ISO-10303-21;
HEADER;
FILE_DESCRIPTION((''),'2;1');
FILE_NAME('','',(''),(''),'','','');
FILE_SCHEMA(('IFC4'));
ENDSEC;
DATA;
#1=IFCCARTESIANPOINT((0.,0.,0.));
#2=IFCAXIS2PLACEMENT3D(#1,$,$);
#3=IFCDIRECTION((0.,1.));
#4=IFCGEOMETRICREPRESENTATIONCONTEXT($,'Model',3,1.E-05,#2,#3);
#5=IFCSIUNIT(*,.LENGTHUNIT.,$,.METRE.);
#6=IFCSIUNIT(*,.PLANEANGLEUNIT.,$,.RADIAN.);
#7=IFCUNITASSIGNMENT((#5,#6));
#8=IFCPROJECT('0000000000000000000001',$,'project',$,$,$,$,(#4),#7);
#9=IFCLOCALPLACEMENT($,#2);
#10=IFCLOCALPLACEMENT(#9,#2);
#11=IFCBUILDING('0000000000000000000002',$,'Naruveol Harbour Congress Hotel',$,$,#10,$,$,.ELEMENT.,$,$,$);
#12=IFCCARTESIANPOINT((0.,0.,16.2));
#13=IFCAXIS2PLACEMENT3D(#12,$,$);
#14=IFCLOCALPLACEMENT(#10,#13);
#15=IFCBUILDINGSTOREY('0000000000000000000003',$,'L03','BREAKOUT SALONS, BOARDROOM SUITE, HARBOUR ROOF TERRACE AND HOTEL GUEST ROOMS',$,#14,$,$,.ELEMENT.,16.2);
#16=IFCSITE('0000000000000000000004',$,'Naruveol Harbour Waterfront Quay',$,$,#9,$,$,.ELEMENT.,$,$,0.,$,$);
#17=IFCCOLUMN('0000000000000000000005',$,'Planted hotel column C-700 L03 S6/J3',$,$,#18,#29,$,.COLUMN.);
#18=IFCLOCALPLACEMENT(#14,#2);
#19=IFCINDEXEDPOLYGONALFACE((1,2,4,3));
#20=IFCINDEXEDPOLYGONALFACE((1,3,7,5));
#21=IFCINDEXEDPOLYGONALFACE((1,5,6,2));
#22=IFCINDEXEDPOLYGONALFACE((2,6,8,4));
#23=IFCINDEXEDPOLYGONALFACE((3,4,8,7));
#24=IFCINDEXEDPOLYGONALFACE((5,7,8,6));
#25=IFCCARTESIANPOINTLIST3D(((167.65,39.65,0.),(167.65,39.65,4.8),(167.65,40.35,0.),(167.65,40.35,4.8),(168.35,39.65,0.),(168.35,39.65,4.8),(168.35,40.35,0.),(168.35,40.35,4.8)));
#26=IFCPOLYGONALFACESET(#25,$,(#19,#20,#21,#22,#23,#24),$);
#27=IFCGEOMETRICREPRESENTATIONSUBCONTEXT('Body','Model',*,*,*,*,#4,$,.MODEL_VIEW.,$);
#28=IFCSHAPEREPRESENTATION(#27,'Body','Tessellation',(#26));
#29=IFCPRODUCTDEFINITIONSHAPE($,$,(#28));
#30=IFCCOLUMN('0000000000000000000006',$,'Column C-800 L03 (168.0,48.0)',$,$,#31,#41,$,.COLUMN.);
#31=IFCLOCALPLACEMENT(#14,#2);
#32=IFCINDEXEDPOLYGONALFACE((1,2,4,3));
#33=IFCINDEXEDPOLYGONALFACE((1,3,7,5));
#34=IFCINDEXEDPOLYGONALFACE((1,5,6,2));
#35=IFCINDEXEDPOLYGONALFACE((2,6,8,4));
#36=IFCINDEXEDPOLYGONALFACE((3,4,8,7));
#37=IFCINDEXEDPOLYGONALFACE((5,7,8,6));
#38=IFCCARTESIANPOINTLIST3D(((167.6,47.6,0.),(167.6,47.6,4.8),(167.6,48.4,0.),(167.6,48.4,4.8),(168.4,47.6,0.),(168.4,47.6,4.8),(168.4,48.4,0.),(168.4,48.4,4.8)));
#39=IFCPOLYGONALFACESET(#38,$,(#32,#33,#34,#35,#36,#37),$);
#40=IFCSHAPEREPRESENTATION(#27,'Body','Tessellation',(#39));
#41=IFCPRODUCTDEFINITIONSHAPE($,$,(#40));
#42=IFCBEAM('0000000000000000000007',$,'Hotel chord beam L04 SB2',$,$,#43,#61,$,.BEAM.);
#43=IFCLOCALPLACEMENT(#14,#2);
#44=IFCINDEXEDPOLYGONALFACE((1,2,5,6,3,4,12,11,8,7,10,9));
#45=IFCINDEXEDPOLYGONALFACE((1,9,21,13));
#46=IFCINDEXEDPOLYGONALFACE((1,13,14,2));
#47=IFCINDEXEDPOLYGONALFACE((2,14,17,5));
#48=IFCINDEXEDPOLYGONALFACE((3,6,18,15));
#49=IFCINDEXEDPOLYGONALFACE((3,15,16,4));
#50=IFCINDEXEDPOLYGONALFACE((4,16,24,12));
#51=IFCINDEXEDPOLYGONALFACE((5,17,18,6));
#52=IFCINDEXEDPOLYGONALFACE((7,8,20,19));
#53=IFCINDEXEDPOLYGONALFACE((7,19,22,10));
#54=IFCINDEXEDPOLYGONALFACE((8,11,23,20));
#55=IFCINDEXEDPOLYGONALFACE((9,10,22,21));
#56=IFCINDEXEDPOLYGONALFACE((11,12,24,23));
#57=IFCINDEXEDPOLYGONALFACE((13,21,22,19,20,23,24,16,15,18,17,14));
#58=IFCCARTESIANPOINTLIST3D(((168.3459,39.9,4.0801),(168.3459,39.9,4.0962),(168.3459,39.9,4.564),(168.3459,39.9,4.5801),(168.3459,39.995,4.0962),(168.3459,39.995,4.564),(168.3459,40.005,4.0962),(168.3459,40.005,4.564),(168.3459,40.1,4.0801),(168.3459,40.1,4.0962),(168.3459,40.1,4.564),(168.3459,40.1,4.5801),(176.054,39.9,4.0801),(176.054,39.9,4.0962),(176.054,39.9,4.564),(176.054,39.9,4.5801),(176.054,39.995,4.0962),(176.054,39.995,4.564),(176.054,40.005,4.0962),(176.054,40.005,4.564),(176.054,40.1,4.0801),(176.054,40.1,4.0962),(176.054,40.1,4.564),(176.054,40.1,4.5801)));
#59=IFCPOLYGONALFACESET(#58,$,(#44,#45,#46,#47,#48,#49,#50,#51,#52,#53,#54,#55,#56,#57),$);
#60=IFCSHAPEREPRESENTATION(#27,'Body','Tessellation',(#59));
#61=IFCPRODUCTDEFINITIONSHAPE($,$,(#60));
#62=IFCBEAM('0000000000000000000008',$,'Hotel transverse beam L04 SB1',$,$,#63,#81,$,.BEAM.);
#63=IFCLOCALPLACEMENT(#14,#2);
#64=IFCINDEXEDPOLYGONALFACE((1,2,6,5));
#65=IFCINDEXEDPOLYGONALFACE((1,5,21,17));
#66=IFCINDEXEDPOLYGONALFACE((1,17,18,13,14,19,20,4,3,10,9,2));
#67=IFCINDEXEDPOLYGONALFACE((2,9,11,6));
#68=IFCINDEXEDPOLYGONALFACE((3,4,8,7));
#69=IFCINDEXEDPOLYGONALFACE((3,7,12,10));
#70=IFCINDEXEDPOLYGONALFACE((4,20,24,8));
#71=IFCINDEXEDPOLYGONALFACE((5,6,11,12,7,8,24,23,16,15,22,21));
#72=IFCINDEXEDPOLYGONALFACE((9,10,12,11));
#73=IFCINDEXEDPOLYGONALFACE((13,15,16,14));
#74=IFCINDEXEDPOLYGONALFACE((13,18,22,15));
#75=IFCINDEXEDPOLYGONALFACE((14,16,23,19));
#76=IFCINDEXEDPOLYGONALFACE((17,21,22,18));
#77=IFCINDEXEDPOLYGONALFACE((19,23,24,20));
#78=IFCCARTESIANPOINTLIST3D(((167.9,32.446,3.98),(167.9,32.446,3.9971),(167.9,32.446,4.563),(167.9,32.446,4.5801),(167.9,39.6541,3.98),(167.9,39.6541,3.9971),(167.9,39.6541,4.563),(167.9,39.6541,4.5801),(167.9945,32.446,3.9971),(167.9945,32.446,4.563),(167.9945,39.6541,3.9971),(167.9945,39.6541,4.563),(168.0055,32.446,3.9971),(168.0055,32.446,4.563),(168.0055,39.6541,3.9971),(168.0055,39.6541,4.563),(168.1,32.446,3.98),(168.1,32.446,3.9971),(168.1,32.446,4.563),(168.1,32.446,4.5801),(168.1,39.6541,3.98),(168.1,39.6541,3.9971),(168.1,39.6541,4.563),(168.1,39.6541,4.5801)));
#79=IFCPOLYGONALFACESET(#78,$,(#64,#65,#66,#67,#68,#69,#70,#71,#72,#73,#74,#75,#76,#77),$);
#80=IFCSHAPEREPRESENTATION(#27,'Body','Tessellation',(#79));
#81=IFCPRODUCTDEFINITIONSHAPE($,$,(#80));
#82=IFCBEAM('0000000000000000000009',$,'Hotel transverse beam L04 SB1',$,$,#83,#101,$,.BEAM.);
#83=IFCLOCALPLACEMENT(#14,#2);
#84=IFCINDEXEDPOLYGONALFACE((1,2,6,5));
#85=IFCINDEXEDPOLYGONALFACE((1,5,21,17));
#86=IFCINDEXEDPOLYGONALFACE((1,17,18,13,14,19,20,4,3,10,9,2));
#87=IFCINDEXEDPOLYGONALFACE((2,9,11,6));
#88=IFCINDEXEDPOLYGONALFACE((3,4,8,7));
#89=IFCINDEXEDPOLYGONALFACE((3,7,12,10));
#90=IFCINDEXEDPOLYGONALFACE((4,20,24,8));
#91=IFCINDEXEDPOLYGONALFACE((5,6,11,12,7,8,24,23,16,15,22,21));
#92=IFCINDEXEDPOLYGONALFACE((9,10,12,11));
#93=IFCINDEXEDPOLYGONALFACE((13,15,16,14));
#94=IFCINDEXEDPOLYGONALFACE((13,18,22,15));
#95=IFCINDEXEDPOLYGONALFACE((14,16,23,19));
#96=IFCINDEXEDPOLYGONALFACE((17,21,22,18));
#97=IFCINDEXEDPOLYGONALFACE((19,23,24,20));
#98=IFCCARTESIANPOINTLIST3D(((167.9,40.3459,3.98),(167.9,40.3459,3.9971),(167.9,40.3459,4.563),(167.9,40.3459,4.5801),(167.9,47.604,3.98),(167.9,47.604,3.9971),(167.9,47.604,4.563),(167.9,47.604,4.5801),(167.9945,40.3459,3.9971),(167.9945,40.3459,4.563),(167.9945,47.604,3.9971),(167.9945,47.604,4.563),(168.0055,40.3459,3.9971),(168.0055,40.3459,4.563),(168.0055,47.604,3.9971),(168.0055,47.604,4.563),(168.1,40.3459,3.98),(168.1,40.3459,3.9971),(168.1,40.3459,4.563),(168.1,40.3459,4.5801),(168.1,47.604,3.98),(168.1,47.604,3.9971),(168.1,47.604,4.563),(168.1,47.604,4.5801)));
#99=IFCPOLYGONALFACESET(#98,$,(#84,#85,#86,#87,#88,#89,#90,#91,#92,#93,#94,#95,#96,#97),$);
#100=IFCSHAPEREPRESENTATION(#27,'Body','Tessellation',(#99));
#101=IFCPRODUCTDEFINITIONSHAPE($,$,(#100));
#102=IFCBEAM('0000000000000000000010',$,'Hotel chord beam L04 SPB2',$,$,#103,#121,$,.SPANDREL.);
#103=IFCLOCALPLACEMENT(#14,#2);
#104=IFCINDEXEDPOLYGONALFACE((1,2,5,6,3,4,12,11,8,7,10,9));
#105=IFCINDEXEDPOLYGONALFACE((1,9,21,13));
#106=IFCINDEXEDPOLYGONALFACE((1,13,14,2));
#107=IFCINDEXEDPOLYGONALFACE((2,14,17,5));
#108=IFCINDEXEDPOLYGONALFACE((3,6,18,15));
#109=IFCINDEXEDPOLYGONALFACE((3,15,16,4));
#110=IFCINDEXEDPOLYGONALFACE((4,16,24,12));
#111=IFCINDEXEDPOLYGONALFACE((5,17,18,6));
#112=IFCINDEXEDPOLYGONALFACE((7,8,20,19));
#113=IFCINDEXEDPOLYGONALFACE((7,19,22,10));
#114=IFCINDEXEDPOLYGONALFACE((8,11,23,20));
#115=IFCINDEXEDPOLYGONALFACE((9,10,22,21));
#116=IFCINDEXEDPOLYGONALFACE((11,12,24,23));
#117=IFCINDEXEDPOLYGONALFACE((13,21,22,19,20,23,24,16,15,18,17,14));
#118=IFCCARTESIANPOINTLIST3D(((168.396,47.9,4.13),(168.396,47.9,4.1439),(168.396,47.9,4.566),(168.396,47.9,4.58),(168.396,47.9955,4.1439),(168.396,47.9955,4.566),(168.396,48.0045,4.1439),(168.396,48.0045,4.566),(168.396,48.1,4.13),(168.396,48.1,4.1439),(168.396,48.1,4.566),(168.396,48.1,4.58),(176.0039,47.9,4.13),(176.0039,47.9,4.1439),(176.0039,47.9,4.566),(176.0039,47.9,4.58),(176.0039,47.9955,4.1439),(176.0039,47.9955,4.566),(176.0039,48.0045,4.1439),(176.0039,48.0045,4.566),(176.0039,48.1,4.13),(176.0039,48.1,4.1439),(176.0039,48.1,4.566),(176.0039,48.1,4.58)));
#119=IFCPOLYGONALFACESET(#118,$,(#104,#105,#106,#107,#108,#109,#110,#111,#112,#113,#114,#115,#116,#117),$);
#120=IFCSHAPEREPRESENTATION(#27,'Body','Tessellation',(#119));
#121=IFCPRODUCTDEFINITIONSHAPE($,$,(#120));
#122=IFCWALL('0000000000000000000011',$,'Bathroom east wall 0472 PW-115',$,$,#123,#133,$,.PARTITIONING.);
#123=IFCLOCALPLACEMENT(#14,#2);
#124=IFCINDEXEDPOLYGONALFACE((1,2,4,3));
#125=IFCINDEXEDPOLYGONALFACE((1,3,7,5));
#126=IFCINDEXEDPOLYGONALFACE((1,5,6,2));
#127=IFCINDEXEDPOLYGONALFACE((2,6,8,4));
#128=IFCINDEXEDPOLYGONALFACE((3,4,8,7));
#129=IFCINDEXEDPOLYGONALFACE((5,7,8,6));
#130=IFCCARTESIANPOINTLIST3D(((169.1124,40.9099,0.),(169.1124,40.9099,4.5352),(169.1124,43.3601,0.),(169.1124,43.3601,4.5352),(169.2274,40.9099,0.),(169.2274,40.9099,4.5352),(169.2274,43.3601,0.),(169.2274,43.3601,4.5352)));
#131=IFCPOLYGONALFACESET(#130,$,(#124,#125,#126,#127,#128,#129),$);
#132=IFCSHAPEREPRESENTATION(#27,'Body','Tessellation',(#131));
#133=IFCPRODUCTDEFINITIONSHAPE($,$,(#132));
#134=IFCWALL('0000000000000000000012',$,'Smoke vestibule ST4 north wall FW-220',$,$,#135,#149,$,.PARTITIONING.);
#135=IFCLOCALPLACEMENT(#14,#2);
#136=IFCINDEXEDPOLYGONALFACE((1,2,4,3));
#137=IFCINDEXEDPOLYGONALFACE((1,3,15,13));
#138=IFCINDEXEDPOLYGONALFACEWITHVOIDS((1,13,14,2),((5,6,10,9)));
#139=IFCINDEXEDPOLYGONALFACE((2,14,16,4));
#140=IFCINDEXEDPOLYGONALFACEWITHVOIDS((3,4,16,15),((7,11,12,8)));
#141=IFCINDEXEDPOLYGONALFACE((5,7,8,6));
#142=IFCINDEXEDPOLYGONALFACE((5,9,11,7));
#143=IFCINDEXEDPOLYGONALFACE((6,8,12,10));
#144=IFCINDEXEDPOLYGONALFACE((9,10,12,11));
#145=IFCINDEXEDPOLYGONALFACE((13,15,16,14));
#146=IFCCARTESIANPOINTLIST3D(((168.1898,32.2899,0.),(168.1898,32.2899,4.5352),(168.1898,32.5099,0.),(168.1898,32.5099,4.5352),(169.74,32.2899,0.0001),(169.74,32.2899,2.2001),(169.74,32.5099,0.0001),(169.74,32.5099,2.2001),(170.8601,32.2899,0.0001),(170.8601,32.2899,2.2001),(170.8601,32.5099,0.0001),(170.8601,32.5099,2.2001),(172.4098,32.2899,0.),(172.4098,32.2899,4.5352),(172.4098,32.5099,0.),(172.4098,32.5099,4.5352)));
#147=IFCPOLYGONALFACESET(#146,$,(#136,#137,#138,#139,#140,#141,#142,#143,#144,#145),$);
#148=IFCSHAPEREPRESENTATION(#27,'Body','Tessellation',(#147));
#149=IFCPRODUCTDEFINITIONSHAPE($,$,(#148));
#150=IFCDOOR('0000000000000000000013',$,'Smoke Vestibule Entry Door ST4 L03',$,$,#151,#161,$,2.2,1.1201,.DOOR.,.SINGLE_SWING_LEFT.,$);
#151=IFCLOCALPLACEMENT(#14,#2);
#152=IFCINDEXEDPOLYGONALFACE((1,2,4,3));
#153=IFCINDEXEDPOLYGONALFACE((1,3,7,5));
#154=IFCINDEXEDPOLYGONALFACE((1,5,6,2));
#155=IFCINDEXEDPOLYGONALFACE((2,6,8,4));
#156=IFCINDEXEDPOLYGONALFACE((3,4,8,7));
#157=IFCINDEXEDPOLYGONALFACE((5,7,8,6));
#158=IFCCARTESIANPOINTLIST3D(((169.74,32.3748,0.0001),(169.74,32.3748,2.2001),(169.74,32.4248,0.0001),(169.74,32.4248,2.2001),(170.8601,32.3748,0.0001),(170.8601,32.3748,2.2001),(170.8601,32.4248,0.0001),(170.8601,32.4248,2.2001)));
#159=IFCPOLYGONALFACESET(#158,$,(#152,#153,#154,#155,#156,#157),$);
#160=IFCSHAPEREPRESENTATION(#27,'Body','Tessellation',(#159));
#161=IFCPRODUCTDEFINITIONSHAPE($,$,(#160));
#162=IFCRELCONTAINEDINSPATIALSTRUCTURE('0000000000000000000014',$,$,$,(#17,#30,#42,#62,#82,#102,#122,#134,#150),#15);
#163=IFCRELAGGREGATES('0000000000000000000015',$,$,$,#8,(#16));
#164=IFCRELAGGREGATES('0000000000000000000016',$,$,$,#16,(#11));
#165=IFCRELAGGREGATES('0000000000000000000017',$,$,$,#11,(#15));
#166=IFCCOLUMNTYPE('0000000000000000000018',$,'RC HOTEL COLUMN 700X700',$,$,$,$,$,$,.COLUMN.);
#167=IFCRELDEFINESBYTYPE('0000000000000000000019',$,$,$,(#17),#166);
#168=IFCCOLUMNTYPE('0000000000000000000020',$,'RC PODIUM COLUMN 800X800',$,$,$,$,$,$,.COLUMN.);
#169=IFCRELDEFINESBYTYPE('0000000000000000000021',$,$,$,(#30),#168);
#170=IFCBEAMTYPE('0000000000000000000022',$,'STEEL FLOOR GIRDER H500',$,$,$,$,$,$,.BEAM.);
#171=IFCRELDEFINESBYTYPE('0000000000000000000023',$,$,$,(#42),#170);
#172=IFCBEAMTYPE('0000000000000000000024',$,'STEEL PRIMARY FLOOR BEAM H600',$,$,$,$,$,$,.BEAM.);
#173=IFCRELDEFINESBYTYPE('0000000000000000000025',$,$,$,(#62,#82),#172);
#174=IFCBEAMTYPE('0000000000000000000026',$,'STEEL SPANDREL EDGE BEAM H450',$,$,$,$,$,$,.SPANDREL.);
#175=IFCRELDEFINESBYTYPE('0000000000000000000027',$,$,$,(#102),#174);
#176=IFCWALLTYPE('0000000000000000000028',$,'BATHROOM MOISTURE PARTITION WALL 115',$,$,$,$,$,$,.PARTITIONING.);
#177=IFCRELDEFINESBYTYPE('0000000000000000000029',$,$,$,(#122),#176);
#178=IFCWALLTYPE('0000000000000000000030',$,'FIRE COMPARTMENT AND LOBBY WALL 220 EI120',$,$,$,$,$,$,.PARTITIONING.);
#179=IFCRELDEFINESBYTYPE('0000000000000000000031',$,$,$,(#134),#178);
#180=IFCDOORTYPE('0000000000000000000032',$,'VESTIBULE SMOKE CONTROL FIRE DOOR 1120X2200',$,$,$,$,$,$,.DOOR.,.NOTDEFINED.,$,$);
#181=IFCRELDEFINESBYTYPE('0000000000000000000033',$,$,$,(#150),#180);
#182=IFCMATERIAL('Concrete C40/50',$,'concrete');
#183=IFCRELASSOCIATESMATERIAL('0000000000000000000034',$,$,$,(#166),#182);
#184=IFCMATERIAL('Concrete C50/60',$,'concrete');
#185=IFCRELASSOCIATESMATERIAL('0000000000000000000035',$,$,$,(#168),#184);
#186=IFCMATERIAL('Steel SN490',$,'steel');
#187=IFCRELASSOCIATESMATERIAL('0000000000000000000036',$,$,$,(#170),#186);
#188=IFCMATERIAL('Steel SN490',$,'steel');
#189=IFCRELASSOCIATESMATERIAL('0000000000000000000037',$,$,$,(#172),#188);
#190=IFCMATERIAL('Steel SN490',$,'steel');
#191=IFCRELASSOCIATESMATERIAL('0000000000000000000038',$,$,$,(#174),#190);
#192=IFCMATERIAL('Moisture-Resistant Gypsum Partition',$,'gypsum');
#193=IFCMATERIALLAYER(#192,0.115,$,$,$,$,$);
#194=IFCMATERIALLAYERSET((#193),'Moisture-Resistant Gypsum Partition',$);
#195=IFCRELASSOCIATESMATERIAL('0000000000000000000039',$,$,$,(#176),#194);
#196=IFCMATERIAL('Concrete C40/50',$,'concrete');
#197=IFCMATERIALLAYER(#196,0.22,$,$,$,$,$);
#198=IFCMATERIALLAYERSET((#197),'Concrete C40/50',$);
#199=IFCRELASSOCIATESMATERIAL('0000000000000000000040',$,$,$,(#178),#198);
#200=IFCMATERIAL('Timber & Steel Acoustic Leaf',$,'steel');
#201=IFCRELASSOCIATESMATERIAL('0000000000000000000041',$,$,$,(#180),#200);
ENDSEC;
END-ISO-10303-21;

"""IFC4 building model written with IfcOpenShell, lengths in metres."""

from ifc_helpers import new_model, si_unit, direction, frame, frame_2d, origin, origin_2d, place, context, subcontext, project, spatial, rectangle, i_section, extrude, material, layer, layer_set, material_profile, profile_set, type_object, element, fill, save


model = new_model("IFC4")

# Units and contexts
model_context = context("Model", 3, precision=1e-05, world=origin(), true_north=direction((0.0, 1.0)))
body_context = subcontext(model_context, "Body", "Model", "MODEL_VIEW")
ifc_project = project(units=[si_unit("LENGTHUNIT", "METRE"), si_unit("PLANEANGLEUNIT", "RADIAN")], contexts=[model_context])

# Site, building, storey
site_placement = place(None, origin())
site = spatial("IfcSite", under=ifc_project, at=site_placement, Name="Naruveol Harbour Waterfront Quay", CompositionType="ELEMENT", RefElevation=0.0)
building_placement = place(site_placement, origin())
building = spatial("IfcBuilding", under=site, at=building_placement, Name="Naruveol Harbour Congress Hotel", CompositionType="ELEMENT")
storey_placement = place(building_placement, frame((0.0, 0.0, 16.2)))
storey = spatial("IfcBuildingStorey", under=building, at=storey_placement, Name="L03", Description="BREAKOUT SALONS, BOARDROOM SUITE, HARBOUR ROOF TERRACE AND HOTEL GUEST ROOMS", CompositionType="ELEMENT", Elevation=16.2)

# Columns
ifc_material_1 = material(Name="Concrete C40/50", Category="concrete")
ifc_material_profile_1 = material_profile(ifc_material_1, rectangle(XDim=0.7, YDim=0.7, at=origin_2d()), Name="RC-700x700")
ifc_profile_set_1 = profile_set([ifc_material_profile_1], Name="Concrete C40/50")
column_type_1 = type_object("IfcColumnType", Name="RC HOTEL COLUMN 700X700", PredefinedType="COLUMN", material=ifc_profile_set_1)
column_1_placement = place(storey_placement, frame((168.0, 40.0, 0.0), z_axis=(0.0, 0.0, 1.0), x_axis=(1.0, 0.0, 0.0)))
element("IfcColumn", 1, at=column_1_placement, inside=storey, type_object=column_type_1, Name="Planted hotel column C-700 L03 S6/J3", PredefinedType="COLUMN", context=body_context, shape_type="SweptSolid", body=[
    extrude(rectangle(XDim=0.7, YDim=0.7, at=origin_2d()), origin(), (0.0, 0.0, 1.0), 4.8),
])
ifc_material_2 = material(Name="Concrete C50/60", Category="concrete")
ifc_material_profile_2 = material_profile(ifc_material_2, rectangle(XDim=0.8, YDim=0.8, at=origin_2d()), Name="RC-800x800")
ifc_profile_set_2 = profile_set([ifc_material_profile_2], Name="Concrete C50/60")
column_type_2 = type_object("IfcColumnType", Name="RC PODIUM COLUMN 800X800", PredefinedType="COLUMN", material=ifc_profile_set_2)
column_2_placement = place(storey_placement, frame((168.0, 48.0, 0.0), z_axis=(0.0, 0.0, 1.0), x_axis=(1.0, 0.0, 0.0)))
element("IfcColumn", 2, at=column_2_placement, inside=storey, type_object=column_type_2, Name="Column C-800 L03 (168.0,48.0)", PredefinedType="COLUMN", context=body_context, shape_type="SweptSolid", body=[
    extrude(rectangle(XDim=0.8, YDim=0.8, at=origin_2d()), origin(), (0.0, 0.0, 1.0), 4.8),
])

# Beams
ifc_material_3 = material(Name="Steel SN490", Category="steel")
ifc_material_profile_3 = material_profile(ifc_material_3, i_section(OverallWidth=0.2, OverallDepth=0.5, WebThickness=0.01, FlangeThickness=0.0161, at=origin_2d()), Name="H-500x200x10x16")
ifc_profile_set_3 = profile_set([ifc_material_profile_3], Name="Steel SN490")
beam_type_1 = type_object("IfcBeamType", Name="STEEL FLOOR GIRDER H500", PredefinedType="BEAM", material=ifc_profile_set_3)
beam_1_placement = place(storey_placement, frame((168.3459, 40.0, 4.3301), z_axis=(1.0, 0.0, 0.0), x_axis=(0.0, 1.0, 0.0)))
element("IfcBeam", 3, at=beam_1_placement, inside=storey, type_object=beam_type_1, Name="Hotel chord beam L04 SB2", PredefinedType="BEAM", context=body_context, shape_type="SweptSolid", body=[
    extrude(i_section(OverallWidth=0.2, OverallDepth=0.5, WebThickness=0.01, FlangeThickness=0.0161, at=origin_2d()), origin(), (0.0, 0.0, 1.0), 7.708),
])
ifc_material_4 = material(Name="Steel SN490", Category="steel")
ifc_material_profile_4 = material_profile(ifc_material_4, i_section(OverallWidth=0.2, OverallDepth=0.6001, WebThickness=0.011, FlangeThickness=0.0171, at=origin_2d()), Name="H-600x200x11x17")
ifc_profile_set_4 = profile_set([ifc_material_profile_4], Name="Steel SN490")
beam_type_2 = type_object("IfcBeamType", Name="STEEL PRIMARY FLOOR BEAM H600", PredefinedType="BEAM", material=ifc_profile_set_4)
beam_2_placement = place(storey_placement, frame((168.0, 32.446, 4.28), z_axis=(0.0, 1.0, 0.0), x_axis=(-1.0, 0.0, 0.0)))
element("IfcBeam", 4, at=beam_2_placement, inside=storey, type_object=beam_type_2, Name="Hotel transverse beam L04 SB1", PredefinedType="BEAM", context=body_context, shape_type="SweptSolid", body=[
    extrude(i_section(OverallWidth=0.2, OverallDepth=0.6001, WebThickness=0.011, FlangeThickness=0.0171, at=origin_2d()), origin(), (0.0, 0.0, 1.0), 7.208),
])
beam_3_placement = place(storey_placement, frame((168.0, 40.3459, 4.28), z_axis=(0.0, 1.0, 0.0), x_axis=(-1.0, 0.0, 0.0)))
element("IfcBeam", 5, at=beam_3_placement, inside=storey, type_object=beam_type_2, Name="Hotel transverse beam L04 SB1", PredefinedType="BEAM", context=body_context, shape_type="SweptSolid", body=[
    extrude(i_section(OverallWidth=0.2, OverallDepth=0.6001, WebThickness=0.011, FlangeThickness=0.0171, at=origin_2d()), origin(), (0.0, 0.0, 1.0), 7.2581),
])
ifc_material_5 = material(Name="Steel SN490", Category="steel")
ifc_material_profile_5 = material_profile(ifc_material_5, i_section(OverallWidth=0.2, OverallDepth=0.45, WebThickness=0.009, FlangeThickness=0.0139, at=origin_2d()), Name="H-450x200x9x14")
ifc_profile_set_5 = profile_set([ifc_material_profile_5], Name="Steel SN490")
beam_type_3 = type_object("IfcBeamType", Name="STEEL SPANDREL EDGE BEAM H450", PredefinedType="SPANDREL", material=ifc_profile_set_5)
beam_4_placement = place(storey_placement, frame((168.396, 48.0, 4.355), z_axis=(1.0, 0.0, 0.0), x_axis=(0.0, 1.0, 0.0)))
element("IfcBeam", 6, at=beam_4_placement, inside=storey, type_object=beam_type_3, Name="Hotel chord beam L04 SPB2", PredefinedType="SPANDREL", context=body_context, shape_type="SweptSolid", body=[
    extrude(i_section(OverallWidth=0.2, OverallDepth=0.45, WebThickness=0.009, FlangeThickness=0.0139, at=origin_2d()), origin(), (0.0, 0.0, 1.0), 7.6079),
])

# Wall
ifc_material_6 = material(Name="Moisture-Resistant Gypsum Partition", Category="gypsum")
ifc_layer_1 = layer(ifc_material_6, 0.115)
ifc_layer_set_1 = layer_set([ifc_layer_1], Name="Moisture-Resistant Gypsum Partition")
wall_type_1 = type_object("IfcWallType", Name="BATHROOM MOISTURE PARTITION WALL 115", PredefinedType="PARTITIONING", material=ifc_layer_set_1)
wall_1_placement = place(storey_placement, frame((169.1699, 40.9099, 0.0), z_axis=(0.0, 0.0, 1.0), x_axis=(0.0, 1.0, 0.0)))
element("IfcWall", 7, at=wall_1_placement, inside=storey, type_object=wall_type_1, Name="Bathroom east wall 0472 PW-115", PredefinedType="PARTITIONING", context=body_context, shape_type="SweptSolid", body=[
    extrude(rectangle(XDim=2.4502, YDim=0.115, at=frame_2d((1.2251, 0.0))), origin(), (0.0, 0.0, 1.0), 4.5352),
])

# Wall, opening, door
ifc_material_7 = material(Name="Concrete C40/50", Category="concrete")
ifc_layer_2 = layer(ifc_material_7, 0.22)
ifc_layer_set_2 = layer_set([ifc_layer_2], Name="Concrete C40/50")
wall_type_2 = type_object("IfcWallType", Name="FIRE COMPARTMENT AND LOBBY WALL 220 EI120", PredefinedType="PARTITIONING", material=ifc_layer_set_2)
wall_2_placement = place(storey_placement, frame((168.1899, 32.3999, 0.0), z_axis=(0.0, 0.0, 1.0), x_axis=(1.0, 0.0, 0.0)))
wall_2 = element("IfcWall", 8, at=wall_2_placement, inside=storey, type_object=wall_type_2, Name="Smoke vestibule ST4 north wall FW-220", PredefinedType="PARTITIONING", context=body_context, shape_type="SweptSolid", body=[
    extrude(rectangle(XDim=4.22, YDim=0.22, at=frame_2d((2.1099, 0.0))), origin(), (0.0, 0.0, 1.0), 4.5352),
])
opening_1_placement = place(wall_2_placement, frame((1.55, 0.0, 0.0)))
opening_1 = element("IfcOpeningElement", 9, at=opening_1_placement, cuts=wall_2, PredefinedType="OPENING", context=body_context, shape_type="SweptSolid", body=[
    extrude(rectangle(XDim=1.1201, YDim=2.2, at=frame_2d((0.5601, 1.1001))), frame((0.0, 0.1199, 0.0), z_axis=(0.0, -1.0, 0.0), x_axis=(1.0, 0.0, 0.0)), (0.0, 0.0, 1.0), 0.24),
])
ifc_material_8 = material(Name="Timber & Steel Acoustic Leaf", Category="steel")
door_type_1 = type_object("IfcDoorType", Name="VESTIBULE SMOKE CONTROL FIRE DOOR 1120X2200", OperationType="NOTDEFINED", PredefinedType="DOOR", material=ifc_material_8)
door_1_placement = place(opening_1_placement, origin())
door_1 = element("IfcDoor", 10, at=door_1_placement, inside=storey, type_object=door_type_1, Name="Smoke Vestibule Entry Door ST4 L03", OperationType="SINGLE_SWING_LEFT", OverallHeight=2.2, OverallWidth=1.1201, PredefinedType="DOOR", context=body_context, shape_type="SweptSolid", body=[
    extrude(rectangle(XDim=1.1201, YDim=2.2, at=frame_2d((0.5601, 1.1001))), frame((0.0, 0.0249, 0.0), z_axis=(0.0, -1.0, 0.0), x_axis=(1.0, 0.0, 0.0)), (0.0, 0.0, 1.0), 0.05),
])
fill(opening_1, door_1)

save(model, "model.ifc")
